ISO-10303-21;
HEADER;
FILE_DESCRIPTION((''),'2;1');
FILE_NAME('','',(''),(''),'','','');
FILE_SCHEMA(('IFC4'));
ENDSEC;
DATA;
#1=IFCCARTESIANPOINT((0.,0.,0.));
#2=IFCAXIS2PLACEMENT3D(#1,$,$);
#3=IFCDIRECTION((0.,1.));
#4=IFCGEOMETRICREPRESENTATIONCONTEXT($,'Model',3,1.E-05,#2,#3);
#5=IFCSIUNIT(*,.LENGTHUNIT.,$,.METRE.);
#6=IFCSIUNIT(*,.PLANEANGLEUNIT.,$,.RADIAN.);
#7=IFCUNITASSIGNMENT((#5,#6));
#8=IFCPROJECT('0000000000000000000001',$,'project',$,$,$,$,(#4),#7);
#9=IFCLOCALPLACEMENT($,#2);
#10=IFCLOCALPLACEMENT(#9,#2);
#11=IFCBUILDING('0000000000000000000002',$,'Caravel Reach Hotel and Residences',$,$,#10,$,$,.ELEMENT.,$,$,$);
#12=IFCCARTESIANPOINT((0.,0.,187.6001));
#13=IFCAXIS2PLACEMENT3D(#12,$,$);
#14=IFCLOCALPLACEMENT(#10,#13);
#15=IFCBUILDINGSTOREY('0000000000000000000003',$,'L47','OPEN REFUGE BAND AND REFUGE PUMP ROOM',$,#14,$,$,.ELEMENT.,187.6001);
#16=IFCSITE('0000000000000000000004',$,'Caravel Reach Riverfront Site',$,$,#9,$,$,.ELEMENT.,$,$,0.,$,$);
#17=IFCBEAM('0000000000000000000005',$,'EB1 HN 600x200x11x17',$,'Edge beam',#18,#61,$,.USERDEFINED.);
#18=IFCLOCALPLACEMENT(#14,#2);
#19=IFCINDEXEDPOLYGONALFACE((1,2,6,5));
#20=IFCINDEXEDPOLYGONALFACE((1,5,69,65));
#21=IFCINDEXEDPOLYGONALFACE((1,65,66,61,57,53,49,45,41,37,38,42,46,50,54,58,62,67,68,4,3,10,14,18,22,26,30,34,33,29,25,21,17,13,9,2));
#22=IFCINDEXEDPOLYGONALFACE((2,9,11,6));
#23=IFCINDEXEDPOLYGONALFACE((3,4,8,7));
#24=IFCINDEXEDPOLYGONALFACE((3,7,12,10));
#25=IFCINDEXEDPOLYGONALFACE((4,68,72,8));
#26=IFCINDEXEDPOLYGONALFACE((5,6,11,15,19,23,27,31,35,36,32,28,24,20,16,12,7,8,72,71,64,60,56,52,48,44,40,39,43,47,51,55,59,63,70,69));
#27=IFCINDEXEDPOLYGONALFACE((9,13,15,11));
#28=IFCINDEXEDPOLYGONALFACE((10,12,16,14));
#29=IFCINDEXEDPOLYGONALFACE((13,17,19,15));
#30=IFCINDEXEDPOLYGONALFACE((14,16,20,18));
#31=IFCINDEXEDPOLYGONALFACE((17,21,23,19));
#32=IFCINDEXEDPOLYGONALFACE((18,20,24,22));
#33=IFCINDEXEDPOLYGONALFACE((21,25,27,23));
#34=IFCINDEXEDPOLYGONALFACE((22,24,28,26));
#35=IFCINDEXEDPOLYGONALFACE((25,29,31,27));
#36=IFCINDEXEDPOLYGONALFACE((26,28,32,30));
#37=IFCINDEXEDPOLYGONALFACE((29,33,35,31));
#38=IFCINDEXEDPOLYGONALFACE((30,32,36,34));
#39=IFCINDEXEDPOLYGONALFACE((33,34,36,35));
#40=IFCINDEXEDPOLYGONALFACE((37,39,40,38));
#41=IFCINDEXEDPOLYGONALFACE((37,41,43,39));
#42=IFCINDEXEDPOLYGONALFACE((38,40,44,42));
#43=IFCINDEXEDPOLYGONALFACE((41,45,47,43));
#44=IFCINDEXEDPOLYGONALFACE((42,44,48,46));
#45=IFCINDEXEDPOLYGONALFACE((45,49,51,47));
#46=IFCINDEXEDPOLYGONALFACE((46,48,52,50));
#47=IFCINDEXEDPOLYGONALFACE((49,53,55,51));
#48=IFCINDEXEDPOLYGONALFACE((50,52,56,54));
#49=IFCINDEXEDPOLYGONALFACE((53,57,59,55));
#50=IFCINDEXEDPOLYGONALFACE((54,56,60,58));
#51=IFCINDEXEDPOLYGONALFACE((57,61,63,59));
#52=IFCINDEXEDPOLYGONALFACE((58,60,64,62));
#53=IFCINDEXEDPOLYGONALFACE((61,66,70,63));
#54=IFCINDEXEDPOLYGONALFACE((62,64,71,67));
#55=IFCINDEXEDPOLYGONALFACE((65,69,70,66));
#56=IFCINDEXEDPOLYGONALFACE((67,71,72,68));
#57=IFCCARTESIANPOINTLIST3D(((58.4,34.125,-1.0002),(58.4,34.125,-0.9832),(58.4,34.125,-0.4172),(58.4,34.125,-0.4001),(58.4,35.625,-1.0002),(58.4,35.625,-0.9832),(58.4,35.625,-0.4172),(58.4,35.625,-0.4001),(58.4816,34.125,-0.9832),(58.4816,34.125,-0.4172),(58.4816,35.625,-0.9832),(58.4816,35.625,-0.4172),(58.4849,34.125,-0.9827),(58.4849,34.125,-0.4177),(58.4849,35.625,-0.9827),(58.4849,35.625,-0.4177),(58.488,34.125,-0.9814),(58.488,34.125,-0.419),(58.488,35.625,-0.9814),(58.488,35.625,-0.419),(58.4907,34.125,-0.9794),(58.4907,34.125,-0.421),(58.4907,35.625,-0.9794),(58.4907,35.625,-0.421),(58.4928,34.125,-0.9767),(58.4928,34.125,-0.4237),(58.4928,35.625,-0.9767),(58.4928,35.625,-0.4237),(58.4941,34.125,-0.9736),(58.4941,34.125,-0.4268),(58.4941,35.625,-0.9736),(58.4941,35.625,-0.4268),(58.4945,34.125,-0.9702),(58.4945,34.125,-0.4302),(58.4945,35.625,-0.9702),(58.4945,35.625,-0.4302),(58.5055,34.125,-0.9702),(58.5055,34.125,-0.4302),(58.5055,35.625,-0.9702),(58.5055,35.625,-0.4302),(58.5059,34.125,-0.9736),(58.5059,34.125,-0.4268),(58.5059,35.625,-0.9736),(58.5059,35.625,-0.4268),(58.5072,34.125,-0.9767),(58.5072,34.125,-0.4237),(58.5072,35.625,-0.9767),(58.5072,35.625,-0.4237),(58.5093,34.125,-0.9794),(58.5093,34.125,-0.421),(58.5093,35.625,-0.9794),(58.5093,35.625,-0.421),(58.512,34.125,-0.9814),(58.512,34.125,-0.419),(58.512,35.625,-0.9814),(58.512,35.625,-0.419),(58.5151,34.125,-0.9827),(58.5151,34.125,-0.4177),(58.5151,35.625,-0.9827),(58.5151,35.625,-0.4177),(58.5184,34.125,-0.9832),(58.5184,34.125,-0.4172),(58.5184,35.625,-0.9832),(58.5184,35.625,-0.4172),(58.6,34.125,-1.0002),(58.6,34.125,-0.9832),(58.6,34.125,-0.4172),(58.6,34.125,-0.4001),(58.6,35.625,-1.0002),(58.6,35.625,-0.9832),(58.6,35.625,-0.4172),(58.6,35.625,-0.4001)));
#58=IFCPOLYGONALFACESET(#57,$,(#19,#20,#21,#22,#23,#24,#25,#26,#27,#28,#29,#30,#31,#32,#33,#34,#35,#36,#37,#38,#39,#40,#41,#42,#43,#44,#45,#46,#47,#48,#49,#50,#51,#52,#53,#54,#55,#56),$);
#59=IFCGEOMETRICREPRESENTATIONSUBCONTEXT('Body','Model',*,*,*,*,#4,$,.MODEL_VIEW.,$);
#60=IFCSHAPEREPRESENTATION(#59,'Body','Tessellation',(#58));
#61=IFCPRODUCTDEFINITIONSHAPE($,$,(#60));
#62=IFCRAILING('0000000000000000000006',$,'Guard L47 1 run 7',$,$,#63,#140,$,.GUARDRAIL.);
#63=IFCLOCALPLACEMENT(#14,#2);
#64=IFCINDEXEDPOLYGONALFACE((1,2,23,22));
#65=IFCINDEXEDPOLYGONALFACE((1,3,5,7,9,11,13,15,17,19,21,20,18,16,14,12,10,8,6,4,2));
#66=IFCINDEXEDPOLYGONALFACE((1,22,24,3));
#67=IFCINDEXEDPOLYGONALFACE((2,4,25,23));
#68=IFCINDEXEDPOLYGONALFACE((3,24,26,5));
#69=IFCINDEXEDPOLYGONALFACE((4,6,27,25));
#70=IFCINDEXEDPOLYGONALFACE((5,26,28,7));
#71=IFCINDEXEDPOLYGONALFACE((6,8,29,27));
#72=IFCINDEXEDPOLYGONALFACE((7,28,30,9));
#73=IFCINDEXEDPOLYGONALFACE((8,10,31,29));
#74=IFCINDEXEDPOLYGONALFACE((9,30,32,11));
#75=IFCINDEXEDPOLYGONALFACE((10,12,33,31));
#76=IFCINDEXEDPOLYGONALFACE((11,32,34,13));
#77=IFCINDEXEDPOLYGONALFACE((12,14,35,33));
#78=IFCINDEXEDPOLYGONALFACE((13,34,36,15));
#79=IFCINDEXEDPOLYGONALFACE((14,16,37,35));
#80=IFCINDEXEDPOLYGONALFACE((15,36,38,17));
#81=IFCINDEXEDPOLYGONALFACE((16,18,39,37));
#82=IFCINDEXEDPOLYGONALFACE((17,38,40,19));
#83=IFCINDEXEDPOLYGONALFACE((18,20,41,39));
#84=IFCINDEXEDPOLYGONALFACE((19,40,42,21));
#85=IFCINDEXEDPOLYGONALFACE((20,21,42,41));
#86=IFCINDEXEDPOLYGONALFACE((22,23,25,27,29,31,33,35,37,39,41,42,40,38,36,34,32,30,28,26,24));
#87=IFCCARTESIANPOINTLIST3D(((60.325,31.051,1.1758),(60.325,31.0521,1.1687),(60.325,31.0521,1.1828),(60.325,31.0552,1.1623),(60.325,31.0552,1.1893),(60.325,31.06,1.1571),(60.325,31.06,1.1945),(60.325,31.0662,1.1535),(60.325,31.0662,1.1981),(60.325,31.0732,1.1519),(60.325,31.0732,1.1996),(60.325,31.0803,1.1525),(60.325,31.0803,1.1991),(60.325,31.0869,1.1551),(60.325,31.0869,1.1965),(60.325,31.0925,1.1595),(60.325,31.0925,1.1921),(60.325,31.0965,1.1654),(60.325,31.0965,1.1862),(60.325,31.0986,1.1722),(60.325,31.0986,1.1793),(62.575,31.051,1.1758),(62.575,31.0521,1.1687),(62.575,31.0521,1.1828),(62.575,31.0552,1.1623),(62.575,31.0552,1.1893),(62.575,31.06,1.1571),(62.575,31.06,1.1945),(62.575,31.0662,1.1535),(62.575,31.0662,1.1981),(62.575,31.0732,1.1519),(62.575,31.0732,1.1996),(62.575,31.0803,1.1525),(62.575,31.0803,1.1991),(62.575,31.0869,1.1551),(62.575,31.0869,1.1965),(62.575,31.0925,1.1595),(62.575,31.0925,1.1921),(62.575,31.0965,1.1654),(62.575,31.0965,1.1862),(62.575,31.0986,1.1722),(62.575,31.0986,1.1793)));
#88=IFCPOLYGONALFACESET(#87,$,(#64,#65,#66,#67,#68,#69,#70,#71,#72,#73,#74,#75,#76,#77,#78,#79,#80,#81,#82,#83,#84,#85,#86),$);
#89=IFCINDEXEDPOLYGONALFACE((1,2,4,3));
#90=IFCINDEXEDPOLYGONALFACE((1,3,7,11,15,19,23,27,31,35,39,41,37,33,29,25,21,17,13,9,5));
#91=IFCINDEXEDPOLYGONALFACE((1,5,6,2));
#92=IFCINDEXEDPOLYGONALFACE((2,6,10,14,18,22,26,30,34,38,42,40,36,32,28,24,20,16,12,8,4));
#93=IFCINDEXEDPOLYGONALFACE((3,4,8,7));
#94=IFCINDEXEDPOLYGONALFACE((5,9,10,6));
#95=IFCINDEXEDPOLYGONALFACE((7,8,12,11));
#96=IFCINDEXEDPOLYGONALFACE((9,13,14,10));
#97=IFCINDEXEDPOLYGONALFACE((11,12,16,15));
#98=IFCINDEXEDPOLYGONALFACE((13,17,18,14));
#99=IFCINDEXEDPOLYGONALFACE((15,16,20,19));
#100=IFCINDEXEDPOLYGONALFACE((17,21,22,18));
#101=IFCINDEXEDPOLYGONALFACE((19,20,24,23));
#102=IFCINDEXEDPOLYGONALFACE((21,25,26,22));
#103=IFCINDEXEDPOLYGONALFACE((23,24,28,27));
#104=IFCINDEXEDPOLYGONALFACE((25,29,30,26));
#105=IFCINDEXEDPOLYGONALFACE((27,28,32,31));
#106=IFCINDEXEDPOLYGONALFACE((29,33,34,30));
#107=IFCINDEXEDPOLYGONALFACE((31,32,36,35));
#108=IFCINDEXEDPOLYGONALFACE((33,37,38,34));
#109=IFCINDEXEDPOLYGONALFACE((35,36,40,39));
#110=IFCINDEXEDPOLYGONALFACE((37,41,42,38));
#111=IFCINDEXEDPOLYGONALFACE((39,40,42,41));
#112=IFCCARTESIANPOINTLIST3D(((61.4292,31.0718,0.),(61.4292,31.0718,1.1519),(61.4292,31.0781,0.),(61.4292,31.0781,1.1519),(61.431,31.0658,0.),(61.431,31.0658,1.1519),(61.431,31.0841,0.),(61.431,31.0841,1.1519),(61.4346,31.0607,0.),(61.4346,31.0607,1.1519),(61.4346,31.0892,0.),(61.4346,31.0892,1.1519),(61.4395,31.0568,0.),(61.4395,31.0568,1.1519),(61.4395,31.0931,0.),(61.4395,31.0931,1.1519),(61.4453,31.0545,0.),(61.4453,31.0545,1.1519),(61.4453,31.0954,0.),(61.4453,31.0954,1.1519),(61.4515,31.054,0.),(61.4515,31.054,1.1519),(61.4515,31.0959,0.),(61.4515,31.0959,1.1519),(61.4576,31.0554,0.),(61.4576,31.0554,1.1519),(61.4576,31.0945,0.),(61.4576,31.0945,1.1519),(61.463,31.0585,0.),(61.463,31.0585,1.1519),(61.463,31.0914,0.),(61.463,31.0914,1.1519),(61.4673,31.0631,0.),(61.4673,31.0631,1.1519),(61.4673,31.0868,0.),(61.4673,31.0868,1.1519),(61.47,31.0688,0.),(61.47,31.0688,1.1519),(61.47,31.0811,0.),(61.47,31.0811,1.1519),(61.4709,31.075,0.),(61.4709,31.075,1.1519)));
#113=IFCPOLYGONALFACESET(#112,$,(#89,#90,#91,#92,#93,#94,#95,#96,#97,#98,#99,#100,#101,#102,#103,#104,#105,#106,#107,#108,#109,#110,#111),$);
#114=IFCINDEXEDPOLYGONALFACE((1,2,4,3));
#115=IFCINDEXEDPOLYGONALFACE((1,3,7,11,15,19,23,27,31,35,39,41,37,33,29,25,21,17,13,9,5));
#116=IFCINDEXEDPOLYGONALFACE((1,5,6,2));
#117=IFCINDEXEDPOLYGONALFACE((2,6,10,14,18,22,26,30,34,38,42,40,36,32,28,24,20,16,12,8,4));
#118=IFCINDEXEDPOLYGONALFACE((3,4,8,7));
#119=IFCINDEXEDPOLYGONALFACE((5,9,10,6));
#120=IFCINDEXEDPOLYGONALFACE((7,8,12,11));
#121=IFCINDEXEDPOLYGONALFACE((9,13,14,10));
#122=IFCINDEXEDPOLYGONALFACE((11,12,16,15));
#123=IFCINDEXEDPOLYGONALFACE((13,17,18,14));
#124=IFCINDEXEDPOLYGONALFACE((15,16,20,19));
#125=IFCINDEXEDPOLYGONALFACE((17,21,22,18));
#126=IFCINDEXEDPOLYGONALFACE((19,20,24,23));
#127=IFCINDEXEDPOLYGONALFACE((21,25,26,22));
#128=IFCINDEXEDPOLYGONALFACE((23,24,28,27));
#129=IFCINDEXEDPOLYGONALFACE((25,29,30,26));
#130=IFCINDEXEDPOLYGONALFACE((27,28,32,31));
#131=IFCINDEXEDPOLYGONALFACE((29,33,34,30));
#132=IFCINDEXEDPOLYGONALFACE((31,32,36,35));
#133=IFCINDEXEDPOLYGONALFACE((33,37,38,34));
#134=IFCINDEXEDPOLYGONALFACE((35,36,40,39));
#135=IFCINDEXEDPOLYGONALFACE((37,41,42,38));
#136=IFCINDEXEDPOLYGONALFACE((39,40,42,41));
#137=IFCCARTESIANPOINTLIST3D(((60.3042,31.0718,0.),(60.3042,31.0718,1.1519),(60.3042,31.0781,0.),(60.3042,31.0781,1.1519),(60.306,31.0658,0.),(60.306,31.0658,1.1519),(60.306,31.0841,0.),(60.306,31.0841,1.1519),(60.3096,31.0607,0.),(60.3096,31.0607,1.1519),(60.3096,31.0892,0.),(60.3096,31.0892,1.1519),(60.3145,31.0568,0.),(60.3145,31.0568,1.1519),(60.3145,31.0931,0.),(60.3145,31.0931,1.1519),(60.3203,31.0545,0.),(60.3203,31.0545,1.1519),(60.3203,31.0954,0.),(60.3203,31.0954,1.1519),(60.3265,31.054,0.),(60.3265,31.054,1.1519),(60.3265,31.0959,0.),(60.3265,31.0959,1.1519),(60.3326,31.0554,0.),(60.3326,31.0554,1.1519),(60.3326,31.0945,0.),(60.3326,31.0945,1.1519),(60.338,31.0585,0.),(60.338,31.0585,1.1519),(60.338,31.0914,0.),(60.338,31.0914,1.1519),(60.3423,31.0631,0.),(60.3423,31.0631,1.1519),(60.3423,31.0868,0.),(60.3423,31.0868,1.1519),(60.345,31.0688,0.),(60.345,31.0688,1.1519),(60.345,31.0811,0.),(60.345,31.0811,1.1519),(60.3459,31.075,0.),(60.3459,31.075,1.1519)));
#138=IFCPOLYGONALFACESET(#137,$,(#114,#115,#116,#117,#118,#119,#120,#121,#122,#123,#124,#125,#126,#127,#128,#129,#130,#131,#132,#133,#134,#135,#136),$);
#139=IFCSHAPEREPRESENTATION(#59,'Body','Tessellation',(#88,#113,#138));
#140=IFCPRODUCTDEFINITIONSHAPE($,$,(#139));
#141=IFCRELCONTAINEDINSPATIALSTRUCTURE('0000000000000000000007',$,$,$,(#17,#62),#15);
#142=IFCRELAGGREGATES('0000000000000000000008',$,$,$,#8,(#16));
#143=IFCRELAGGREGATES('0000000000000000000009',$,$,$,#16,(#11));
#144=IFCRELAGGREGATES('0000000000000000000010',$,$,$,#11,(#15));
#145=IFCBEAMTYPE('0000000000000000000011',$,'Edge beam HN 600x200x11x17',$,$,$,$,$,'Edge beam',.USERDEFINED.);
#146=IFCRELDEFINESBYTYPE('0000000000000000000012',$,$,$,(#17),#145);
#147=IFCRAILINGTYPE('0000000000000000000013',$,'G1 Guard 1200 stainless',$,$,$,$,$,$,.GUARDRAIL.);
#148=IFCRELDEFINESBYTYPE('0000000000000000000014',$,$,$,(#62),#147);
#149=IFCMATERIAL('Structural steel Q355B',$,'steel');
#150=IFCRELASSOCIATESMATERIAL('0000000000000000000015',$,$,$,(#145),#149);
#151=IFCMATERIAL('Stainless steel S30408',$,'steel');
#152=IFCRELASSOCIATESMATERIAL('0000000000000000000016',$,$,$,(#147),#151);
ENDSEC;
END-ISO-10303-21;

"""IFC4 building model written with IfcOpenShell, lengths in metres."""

from ifc_helpers import new_model, si_unit, direction, frame, origin, origin_2d, place, context, subcontext, project, spatial, circle, i_section, extrude, material, material_profile, profile_set, type_object, element, save


model = new_model("IFC4")

# Units and contexts
model_context = context("Model", 3, precision=1e-05, world=origin(), true_north=direction((0.0, 1.0)))
body_context = subcontext(model_context, "Body", "Model", "MODEL_VIEW")
ifc_project = project(units=[si_unit("LENGTHUNIT", "METRE"), si_unit("PLANEANGLEUNIT", "RADIAN")], contexts=[model_context])

# Site, building, storey
site_placement = place(None, origin())
site = spatial("IfcSite", under=ifc_project, at=site_placement, Name="Caravel Reach Riverfront Site", CompositionType="ELEMENT", RefElevation=0.0)
building_placement = place(site_placement, origin())
building = spatial("IfcBuilding", under=site, at=building_placement, Name="Caravel Reach Hotel and Residences", CompositionType="ELEMENT")
storey_placement = place(building_placement, frame((0.0, 0.0, 187.6001)))
storey = spatial("IfcBuildingStorey", under=building, at=storey_placement, Name="L47", Description="OPEN REFUGE BAND AND REFUGE PUMP ROOM", CompositionType="ELEMENT", Elevation=187.6001)

# Beam
ifc_material_1 = material(Name="Structural steel Q355B", Category="steel")
ifc_material_profile_1 = material_profile(ifc_material_1, i_section(OverallWidth=0.2, OverallDepth=0.6001, WebThickness=0.011, FlangeThickness=0.0171, FilletRadius=0.0129, at=origin_2d()), Name="HN 600x200x11x17")
ifc_profile_set_1 = profile_set([ifc_material_profile_1], Name="Structural steel Q355B")
beam_type_1 = type_object("IfcBeamType", Name="Edge beam HN 600x200x11x17", ElementType="Edge beam", PredefinedType="USERDEFINED", material=ifc_profile_set_1)
for number, where, z_axis, x_axis, name in (
    (1, (58.5, 34.125, -0.7002), (0.0, 1.0, 0.0), (-1.0, 0.0, 0.0), "EB1 HN 600x200x11x17"),
):
    element("IfcBeam", number, at=place(storey_placement, frame(where, z_axis=z_axis, x_axis=x_axis)), inside=storey, type_object=beam_type_1, Name=name, ObjectType="Edge beam", PredefinedType="USERDEFINED", context=body_context, shape_type="SweptSolid", body=[
        extrude(i_section(OverallWidth=0.2, OverallDepth=0.6001, WebThickness=0.011, FlangeThickness=0.0171, FilletRadius=0.0129, at=origin_2d()), origin(), (0.0, 0.0, 1.0), 1.5),
    ])

# Railing
ifc_material_2 = material(Name="Stainless steel S30408", Category="steel")
railing_type = type_object("IfcRailingType", Name="G1 Guard 1200 stainless", PredefinedType="GUARDRAIL", material=ifc_material_2)
for number, where, name in (
    (2, (62.575, 31.075, 0.0), "Guard L47 1 run 7"),
):
    element("IfcRailing", number, at=place(storey_placement, frame(where)), inside=storey, type_object=railing_type, Name=name, PredefinedType="GUARDRAIL", context=body_context, shape_type="SweptSolid", body=[
        extrude(circle(Radius=0.0239, at=origin_2d()), frame((0.0, 0.0, 1.1758), z_axis=(-1.0, 0.0, 0.0), x_axis=(0.0, -1.0, 0.0)), (0.0, 0.0, 1.0), 2.25),
        extrude(circle(Radius=0.021, at=origin_2d()), frame((-1.125, 0.0, 0.0)), (0.0, 0.0, 1.0), 1.1519),
        extrude(circle(Radius=0.021, at=origin_2d()), frame((-2.25, 0.0, 0.0)), (0.0, 0.0, 1.0), 1.1519),
    ])

save(model, "model.ifc")
